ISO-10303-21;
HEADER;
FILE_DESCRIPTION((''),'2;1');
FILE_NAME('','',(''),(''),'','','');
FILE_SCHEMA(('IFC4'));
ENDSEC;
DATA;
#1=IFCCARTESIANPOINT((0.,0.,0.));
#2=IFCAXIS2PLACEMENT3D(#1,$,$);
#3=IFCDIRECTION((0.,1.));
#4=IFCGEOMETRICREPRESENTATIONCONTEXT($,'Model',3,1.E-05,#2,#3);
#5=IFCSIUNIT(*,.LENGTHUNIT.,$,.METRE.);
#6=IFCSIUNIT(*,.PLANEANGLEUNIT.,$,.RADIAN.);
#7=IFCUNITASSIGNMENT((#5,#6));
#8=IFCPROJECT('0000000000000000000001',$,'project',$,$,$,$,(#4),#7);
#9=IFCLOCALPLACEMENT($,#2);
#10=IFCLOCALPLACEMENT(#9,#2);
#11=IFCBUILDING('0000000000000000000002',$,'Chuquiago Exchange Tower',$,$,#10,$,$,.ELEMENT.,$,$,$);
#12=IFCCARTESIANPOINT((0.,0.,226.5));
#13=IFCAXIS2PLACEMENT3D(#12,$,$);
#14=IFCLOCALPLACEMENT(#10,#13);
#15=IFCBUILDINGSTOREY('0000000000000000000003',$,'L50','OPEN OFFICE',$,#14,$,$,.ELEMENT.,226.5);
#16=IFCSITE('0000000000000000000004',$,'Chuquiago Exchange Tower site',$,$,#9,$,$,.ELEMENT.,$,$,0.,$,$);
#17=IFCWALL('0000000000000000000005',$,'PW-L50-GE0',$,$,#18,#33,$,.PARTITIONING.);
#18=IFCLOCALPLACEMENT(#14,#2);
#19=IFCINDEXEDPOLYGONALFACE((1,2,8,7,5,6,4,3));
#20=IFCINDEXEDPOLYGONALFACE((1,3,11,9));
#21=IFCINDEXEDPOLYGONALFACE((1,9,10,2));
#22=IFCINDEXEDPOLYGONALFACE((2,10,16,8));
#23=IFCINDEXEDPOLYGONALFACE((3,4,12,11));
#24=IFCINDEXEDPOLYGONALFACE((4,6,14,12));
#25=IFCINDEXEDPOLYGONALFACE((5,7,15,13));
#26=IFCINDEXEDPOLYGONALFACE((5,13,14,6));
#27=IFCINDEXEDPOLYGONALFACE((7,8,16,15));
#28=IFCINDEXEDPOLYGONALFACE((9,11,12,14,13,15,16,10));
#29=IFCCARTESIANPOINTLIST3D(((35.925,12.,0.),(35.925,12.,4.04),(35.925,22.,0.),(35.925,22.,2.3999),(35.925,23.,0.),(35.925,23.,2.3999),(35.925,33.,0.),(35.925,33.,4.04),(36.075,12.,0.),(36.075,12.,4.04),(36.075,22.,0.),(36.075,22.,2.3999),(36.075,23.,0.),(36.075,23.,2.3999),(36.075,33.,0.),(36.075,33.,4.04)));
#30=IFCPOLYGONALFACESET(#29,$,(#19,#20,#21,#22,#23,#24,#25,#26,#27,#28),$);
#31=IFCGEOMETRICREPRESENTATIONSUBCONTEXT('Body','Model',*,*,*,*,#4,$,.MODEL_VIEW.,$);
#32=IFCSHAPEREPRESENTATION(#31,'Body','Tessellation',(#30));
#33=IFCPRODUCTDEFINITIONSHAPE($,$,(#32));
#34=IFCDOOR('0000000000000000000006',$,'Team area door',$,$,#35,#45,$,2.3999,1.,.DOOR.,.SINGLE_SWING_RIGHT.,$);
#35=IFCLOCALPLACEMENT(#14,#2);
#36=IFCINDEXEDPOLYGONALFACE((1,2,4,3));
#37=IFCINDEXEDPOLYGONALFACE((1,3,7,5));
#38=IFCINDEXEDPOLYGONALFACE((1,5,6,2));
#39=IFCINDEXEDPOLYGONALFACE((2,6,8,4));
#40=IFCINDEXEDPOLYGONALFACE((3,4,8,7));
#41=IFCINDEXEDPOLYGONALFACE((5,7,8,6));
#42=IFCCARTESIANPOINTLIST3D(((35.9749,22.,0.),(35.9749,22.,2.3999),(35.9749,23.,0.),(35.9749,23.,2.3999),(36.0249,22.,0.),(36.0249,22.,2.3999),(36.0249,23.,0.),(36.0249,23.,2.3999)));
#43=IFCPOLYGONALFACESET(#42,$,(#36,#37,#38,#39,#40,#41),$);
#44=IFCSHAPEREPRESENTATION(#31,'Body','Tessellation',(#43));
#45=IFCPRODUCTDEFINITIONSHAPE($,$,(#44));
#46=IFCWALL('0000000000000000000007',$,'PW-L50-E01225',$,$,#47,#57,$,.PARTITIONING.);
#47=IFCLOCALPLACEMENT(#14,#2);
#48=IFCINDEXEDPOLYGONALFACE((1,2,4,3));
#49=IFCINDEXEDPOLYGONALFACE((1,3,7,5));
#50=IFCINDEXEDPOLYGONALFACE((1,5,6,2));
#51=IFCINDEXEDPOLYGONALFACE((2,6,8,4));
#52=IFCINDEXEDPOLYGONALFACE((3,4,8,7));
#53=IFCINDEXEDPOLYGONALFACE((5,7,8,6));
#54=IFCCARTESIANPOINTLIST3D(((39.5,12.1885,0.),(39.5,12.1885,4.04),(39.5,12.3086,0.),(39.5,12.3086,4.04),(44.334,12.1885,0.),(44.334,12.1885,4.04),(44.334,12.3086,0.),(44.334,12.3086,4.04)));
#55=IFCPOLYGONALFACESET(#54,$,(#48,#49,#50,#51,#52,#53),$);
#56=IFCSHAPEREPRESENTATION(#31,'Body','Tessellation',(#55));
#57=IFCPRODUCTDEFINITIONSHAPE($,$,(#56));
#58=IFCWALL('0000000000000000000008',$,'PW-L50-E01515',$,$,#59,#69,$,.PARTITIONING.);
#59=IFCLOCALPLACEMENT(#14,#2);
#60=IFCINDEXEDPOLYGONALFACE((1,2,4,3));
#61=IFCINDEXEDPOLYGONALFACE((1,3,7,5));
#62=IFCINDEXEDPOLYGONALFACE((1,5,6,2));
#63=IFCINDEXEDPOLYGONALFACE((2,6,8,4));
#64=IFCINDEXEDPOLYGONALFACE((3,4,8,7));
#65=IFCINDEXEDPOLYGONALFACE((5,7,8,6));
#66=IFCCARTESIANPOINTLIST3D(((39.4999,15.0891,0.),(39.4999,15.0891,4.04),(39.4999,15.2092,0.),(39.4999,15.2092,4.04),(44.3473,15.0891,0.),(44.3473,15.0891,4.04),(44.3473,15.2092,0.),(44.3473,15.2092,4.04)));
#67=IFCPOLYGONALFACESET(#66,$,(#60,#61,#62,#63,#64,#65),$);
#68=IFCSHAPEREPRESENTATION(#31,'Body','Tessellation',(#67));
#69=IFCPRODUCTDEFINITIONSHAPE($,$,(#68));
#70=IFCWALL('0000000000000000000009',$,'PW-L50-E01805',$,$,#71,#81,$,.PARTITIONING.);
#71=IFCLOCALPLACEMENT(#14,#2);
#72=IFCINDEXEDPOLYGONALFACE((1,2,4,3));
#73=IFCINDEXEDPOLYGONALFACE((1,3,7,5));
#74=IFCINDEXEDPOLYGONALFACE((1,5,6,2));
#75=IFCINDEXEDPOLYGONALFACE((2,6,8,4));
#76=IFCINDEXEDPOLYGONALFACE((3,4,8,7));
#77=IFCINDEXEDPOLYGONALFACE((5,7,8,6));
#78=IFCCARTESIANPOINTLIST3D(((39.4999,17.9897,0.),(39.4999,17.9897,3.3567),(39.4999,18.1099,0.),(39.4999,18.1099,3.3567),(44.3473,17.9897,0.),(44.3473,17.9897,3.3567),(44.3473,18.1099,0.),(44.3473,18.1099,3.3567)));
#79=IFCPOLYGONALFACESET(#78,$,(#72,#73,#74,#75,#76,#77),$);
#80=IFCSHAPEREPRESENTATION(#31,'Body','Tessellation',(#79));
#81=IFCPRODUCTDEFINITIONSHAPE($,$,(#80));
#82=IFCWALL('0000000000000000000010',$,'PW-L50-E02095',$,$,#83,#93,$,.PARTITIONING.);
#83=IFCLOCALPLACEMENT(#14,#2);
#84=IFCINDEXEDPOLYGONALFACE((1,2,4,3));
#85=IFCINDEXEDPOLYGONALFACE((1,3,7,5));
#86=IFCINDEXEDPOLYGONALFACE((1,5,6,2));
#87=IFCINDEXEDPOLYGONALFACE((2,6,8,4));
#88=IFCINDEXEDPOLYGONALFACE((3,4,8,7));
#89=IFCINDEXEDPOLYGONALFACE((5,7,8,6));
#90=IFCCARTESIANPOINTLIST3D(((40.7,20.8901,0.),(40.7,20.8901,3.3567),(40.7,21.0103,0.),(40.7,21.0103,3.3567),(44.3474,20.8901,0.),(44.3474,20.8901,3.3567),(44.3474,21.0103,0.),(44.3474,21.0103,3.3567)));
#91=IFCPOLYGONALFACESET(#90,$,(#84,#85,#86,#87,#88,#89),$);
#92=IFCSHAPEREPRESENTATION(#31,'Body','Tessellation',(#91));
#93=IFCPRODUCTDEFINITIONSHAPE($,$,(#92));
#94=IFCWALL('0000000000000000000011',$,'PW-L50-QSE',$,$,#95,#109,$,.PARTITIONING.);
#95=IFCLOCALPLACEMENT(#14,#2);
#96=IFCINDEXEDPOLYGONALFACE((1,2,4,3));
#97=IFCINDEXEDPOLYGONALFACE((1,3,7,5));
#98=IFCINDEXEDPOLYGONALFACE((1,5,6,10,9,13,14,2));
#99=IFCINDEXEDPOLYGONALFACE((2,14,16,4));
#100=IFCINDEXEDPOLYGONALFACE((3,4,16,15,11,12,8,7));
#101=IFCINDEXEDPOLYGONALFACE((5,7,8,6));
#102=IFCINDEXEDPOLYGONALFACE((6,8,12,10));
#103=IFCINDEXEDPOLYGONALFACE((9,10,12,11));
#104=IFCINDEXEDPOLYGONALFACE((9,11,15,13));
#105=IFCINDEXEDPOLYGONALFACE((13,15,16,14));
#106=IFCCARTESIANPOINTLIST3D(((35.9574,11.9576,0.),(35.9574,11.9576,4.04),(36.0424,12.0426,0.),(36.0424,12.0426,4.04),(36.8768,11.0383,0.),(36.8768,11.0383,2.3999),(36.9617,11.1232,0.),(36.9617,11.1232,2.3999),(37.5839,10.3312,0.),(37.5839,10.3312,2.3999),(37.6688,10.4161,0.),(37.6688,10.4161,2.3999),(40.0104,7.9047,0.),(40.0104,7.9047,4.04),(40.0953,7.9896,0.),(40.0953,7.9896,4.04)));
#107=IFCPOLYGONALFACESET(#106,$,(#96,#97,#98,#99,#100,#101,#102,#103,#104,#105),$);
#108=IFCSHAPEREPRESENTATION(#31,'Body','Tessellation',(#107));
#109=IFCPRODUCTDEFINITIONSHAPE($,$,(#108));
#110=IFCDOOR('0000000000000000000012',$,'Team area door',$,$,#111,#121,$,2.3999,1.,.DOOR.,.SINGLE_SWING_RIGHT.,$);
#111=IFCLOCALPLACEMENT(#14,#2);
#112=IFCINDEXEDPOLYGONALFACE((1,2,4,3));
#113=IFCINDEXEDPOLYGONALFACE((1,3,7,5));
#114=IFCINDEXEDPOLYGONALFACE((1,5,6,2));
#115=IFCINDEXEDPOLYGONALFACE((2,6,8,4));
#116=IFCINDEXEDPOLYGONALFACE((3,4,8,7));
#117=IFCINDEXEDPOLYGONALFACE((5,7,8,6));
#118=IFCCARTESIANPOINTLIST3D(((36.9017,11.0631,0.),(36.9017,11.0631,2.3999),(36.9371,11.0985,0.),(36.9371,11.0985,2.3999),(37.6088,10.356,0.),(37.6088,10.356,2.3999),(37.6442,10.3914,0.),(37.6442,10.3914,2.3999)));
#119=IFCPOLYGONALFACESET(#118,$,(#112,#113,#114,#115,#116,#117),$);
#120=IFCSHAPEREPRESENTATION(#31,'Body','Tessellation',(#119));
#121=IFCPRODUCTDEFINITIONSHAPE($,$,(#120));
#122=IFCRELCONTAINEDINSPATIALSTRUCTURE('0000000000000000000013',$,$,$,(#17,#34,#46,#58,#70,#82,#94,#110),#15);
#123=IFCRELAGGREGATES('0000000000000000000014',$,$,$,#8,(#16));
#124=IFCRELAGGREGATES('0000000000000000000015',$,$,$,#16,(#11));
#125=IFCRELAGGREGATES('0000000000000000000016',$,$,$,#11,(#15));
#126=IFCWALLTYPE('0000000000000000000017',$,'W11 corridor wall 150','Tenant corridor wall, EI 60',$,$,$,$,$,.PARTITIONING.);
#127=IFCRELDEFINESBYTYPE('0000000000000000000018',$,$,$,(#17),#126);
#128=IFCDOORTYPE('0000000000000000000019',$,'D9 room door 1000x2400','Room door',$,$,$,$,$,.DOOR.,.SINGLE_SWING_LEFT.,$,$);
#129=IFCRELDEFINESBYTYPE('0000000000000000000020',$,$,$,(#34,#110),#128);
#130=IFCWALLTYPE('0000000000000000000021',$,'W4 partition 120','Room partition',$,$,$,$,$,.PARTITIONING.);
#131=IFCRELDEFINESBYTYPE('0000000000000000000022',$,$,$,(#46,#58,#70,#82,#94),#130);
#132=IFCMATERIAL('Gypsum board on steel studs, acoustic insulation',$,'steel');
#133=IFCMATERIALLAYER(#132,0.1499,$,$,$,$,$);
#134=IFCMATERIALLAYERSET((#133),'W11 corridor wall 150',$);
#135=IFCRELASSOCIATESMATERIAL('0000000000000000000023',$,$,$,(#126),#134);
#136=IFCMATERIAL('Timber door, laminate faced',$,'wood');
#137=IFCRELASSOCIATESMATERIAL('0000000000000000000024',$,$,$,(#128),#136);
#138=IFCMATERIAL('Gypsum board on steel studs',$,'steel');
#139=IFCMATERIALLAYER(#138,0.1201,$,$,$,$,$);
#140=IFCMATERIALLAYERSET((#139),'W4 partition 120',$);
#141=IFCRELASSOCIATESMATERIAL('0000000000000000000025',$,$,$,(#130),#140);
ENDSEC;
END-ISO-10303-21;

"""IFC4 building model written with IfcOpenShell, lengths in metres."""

from ifc_helpers import new_model, si_unit, direction, frame, frame_2d, origin, place, context, subcontext, project, spatial, rectangle, extrude, material, layer, layer_set, type_object, element, fill, save


model = new_model("IFC4")

# Units and contexts
model_context = context("Model", 3, precision=1e-05, world=origin(), true_north=direction((0.0, 1.0)))
body_context = subcontext(model_context, "Body", "Model", "MODEL_VIEW")
ifc_project = project(units=[si_unit("LENGTHUNIT", "METRE"), si_unit("PLANEANGLEUNIT", "RADIAN")], contexts=[model_context])

# Site, building, storey
site_placement = place(None, origin())
site = spatial("IfcSite", under=ifc_project, at=site_placement, Name="Chuquiago Exchange Tower site", CompositionType="ELEMENT", RefElevation=0.0)
building_placement = place(site_placement, origin())
building = spatial("IfcBuilding", under=site, at=building_placement, Name="Chuquiago Exchange Tower", CompositionType="ELEMENT")
storey_placement = place(building_placement, frame((0.0, 0.0, 226.5)))
storey = spatial("IfcBuildingStorey", under=building, at=storey_placement, Name="L50", Description="OPEN OFFICE", CompositionType="ELEMENT", Elevation=226.5)

# Wall, opening, door
ifc_material_1 = material(Name="Gypsum board on steel studs, acoustic insulation", Category="steel")
ifc_layer_1 = layer(ifc_material_1, 0.1499)
ifc_layer_set_1 = layer_set([ifc_layer_1], Name="W11 corridor wall 150")
wall_type_1 = type_object("IfcWallType", Name="W11 corridor wall 150", Description="Tenant corridor wall, EI 60", PredefinedType="PARTITIONING", material=ifc_layer_set_1)
wall_1_placement = place(storey_placement, frame((36.0, 12.0, 0.0), z_axis=(0.0, 0.0, 1.0), x_axis=(0.0, 1.0, 0.0)))
wall_1 = element("IfcWall", 1, at=wall_1_placement, inside=storey, type_object=wall_type_1, Name="PW-L50-GE0", PredefinedType="PARTITIONING", context=body_context, shape_type="SweptSolid", body=[
    extrude(rectangle(XDim=21.0, YDim=0.1499, at=frame_2d((10.5, 0.0))), origin(), (0.0, 0.0, 1.0), 4.04),
])
opening_1_placement = place(wall_1_placement, frame((10.0, 0.0, 0.0)))
opening_1 = element("IfcOpeningElement", 2, at=opening_1_placement, cuts=wall_1, PredefinedType="OPENING", context=body_context, shape_type="SweptSolid", body=[
    extrude(rectangle(XDim=1.0, YDim=2.3999, at=frame_2d((0.5, 1.2))), frame((0.0, 0.085, 0.0), z_axis=(0.0, -1.0, 0.0), x_axis=(1.0, 0.0, 0.0)), (0.0, 0.0, 1.0), 0.1699),
])
ifc_material_2 = material(Name="Timber door, laminate faced", Category="wood")
door_type_1 = type_object("IfcDoorType", Name="D9 room door 1000x2400", Description="Room door", OperationType="SINGLE_SWING_LEFT", PredefinedType="DOOR", material=ifc_material_2)
door_1_placement = place(opening_1_placement, frame((1.0, 0.0, 0.0), z_axis=(0.0, 0.0, 1.0), x_axis=(-1.0, 0.0, 0.0)))
door_1 = element("IfcDoor", 3, at=door_1_placement, inside=storey, type_object=door_type_1, Name="Team area door", OperationType="SINGLE_SWING_RIGHT", OverallHeight=2.3999, OverallWidth=1.0, PredefinedType="DOOR", context=body_context, shape_type="SweptSolid", body=[
    extrude(rectangle(XDim=1.0, YDim=2.3999, at=frame_2d((0.5, 1.2))), frame((0.0, 0.0249, 0.0), z_axis=(0.0, -1.0, 0.0), x_axis=(1.0, 0.0, 0.0)), (0.0, 0.0, 1.0), 0.05),
])
fill(opening_1, door_1)

# Walls
ifc_material_3 = material(Name="Gypsum board on steel studs", Category="steel")
ifc_layer_2 = layer(ifc_material_3, 0.1201)
ifc_layer_set_2 = layer_set([ifc_layer_2], Name="W4 partition 120")
wall_type_2 = type_object("IfcWallType", Name="W4 partition 120", Description="Room partition", PredefinedType="PARTITIONING", material=ifc_layer_set_2)
wall_2_placement = place(storey_placement, frame((44.334, 12.2485, 0.0), z_axis=(0.0, 0.0, 1.0), x_axis=(-1.0, 0.0, 0.0)))
element("IfcWall", 4, at=wall_2_placement, inside=storey, type_object=wall_type_2, Name="PW-L50-E01225", PredefinedType="PARTITIONING", context=body_context, shape_type="SweptSolid", body=[
    extrude(rectangle(XDim=4.834, YDim=0.1201, at=frame_2d((2.417, 0.0))), origin(), (0.0, 0.0, 1.0), 4.04),
])
wall_3_placement = place(storey_placement, frame((44.3474, 15.1492, 0.0), z_axis=(0.0, 0.0, 1.0), x_axis=(-1.0, 0.0, 0.0)))
element("IfcWall", 5, at=wall_3_placement, inside=storey, type_object=wall_type_2, Name="PW-L50-E01515", PredefinedType="PARTITIONING", context=body_context, shape_type="SweptSolid", body=[
    extrude(rectangle(XDim=4.8474, YDim=0.1201, at=frame_2d((2.4238, 0.0))), origin(), (0.0, 0.0, 1.0), 4.04),
])
wall_4_placement = place(storey_placement, frame((44.3474, 18.0498, 0.0), z_axis=(0.0, 0.0, 1.0), x_axis=(-1.0, 0.0, 0.0)))
element("IfcWall", 6, at=wall_4_placement, inside=storey, type_object=wall_type_2, Name="PW-L50-E01805", PredefinedType="PARTITIONING", context=body_context, shape_type="SweptSolid", body=[
    extrude(rectangle(XDim=4.8474, YDim=0.1201, at=frame_2d((2.4238, 0.0))), origin(), (0.0, 0.0, 1.0), 3.3567),
])
wall_5_placement = place(storey_placement, frame((44.3474, 20.9502, 0.0), z_axis=(0.0, 0.0, 1.0), x_axis=(-1.0, 0.0, 0.0)))
element("IfcWall", 7, at=wall_5_placement, inside=storey, type_object=wall_type_2, Name="PW-L50-E02095", PredefinedType="PARTITIONING", context=body_context, shape_type="SweptSolid", body=[
    extrude(rectangle(XDim=3.6475, YDim=0.1201, at=frame_2d((1.8237, 0.0))), origin(), (0.0, 0.0, 1.0), 3.3567),
])

# Wall, opening, door
wall_6_placement = place(storey_placement, frame((36.0, 12.0, 0.0), z_axis=(0.0, 0.0, 1.0), x_axis=(0.707107, -0.707107, 0.0)))
wall_6 = element("IfcWall", 8, at=wall_6_placement, inside=storey, type_object=wall_type_2, Name="PW-L50-QSE", PredefinedType="PARTITIONING", context=body_context, shape_type="SweptSolid", body=[
    extrude(rectangle(XDim=5.7317, YDim=0.1201, at=frame_2d((2.8657, 0.0))), origin(), (0.0, 0.0, 1.0), 4.04),
])
opening_2_placement = place(wall_6_placement, frame((1.3, 0.0, 0.0)))
opening_2 = element("IfcOpeningElement", 9, at=opening_2_placement, cuts=wall_6, PredefinedType="OPENING", context=body_context, shape_type="SweptSolid", body=[
    extrude(rectangle(XDim=1.0, YDim=2.3999, at=frame_2d((0.5, 1.2))), frame((0.0, 0.0701, 0.0), z_axis=(0.0, -1.0, 0.0), x_axis=(1.0, 0.0, 0.0)), (0.0, 0.0, 1.0), 0.1401),
])
door_2_placement = place(opening_2_placement, frame((1.0, 0.0, 0.0), z_axis=(0.0, 0.0, 1.0), x_axis=(-1.0, 0.0, 0.0)))
door_2 = element("IfcDoor", 10, at=door_2_placement, inside=storey, type_object=door_type_1, Name="Team area door", OperationType="SINGLE_SWING_RIGHT", OverallHeight=2.3999, OverallWidth=1.0, PredefinedType="DOOR", context=body_context, shape_type="SweptSolid", body=[
    extrude(rectangle(XDim=1.0, YDim=2.3999, at=frame_2d((0.5, 1.2))), frame((0.0, 0.0249, 0.0), z_axis=(0.0, -1.0, 0.0), x_axis=(1.0, 0.0, 0.0)), (0.0, 0.0, 1.0), 0.05),
])
fill(opening_2, door_2)

save(model, "model.ifc")
